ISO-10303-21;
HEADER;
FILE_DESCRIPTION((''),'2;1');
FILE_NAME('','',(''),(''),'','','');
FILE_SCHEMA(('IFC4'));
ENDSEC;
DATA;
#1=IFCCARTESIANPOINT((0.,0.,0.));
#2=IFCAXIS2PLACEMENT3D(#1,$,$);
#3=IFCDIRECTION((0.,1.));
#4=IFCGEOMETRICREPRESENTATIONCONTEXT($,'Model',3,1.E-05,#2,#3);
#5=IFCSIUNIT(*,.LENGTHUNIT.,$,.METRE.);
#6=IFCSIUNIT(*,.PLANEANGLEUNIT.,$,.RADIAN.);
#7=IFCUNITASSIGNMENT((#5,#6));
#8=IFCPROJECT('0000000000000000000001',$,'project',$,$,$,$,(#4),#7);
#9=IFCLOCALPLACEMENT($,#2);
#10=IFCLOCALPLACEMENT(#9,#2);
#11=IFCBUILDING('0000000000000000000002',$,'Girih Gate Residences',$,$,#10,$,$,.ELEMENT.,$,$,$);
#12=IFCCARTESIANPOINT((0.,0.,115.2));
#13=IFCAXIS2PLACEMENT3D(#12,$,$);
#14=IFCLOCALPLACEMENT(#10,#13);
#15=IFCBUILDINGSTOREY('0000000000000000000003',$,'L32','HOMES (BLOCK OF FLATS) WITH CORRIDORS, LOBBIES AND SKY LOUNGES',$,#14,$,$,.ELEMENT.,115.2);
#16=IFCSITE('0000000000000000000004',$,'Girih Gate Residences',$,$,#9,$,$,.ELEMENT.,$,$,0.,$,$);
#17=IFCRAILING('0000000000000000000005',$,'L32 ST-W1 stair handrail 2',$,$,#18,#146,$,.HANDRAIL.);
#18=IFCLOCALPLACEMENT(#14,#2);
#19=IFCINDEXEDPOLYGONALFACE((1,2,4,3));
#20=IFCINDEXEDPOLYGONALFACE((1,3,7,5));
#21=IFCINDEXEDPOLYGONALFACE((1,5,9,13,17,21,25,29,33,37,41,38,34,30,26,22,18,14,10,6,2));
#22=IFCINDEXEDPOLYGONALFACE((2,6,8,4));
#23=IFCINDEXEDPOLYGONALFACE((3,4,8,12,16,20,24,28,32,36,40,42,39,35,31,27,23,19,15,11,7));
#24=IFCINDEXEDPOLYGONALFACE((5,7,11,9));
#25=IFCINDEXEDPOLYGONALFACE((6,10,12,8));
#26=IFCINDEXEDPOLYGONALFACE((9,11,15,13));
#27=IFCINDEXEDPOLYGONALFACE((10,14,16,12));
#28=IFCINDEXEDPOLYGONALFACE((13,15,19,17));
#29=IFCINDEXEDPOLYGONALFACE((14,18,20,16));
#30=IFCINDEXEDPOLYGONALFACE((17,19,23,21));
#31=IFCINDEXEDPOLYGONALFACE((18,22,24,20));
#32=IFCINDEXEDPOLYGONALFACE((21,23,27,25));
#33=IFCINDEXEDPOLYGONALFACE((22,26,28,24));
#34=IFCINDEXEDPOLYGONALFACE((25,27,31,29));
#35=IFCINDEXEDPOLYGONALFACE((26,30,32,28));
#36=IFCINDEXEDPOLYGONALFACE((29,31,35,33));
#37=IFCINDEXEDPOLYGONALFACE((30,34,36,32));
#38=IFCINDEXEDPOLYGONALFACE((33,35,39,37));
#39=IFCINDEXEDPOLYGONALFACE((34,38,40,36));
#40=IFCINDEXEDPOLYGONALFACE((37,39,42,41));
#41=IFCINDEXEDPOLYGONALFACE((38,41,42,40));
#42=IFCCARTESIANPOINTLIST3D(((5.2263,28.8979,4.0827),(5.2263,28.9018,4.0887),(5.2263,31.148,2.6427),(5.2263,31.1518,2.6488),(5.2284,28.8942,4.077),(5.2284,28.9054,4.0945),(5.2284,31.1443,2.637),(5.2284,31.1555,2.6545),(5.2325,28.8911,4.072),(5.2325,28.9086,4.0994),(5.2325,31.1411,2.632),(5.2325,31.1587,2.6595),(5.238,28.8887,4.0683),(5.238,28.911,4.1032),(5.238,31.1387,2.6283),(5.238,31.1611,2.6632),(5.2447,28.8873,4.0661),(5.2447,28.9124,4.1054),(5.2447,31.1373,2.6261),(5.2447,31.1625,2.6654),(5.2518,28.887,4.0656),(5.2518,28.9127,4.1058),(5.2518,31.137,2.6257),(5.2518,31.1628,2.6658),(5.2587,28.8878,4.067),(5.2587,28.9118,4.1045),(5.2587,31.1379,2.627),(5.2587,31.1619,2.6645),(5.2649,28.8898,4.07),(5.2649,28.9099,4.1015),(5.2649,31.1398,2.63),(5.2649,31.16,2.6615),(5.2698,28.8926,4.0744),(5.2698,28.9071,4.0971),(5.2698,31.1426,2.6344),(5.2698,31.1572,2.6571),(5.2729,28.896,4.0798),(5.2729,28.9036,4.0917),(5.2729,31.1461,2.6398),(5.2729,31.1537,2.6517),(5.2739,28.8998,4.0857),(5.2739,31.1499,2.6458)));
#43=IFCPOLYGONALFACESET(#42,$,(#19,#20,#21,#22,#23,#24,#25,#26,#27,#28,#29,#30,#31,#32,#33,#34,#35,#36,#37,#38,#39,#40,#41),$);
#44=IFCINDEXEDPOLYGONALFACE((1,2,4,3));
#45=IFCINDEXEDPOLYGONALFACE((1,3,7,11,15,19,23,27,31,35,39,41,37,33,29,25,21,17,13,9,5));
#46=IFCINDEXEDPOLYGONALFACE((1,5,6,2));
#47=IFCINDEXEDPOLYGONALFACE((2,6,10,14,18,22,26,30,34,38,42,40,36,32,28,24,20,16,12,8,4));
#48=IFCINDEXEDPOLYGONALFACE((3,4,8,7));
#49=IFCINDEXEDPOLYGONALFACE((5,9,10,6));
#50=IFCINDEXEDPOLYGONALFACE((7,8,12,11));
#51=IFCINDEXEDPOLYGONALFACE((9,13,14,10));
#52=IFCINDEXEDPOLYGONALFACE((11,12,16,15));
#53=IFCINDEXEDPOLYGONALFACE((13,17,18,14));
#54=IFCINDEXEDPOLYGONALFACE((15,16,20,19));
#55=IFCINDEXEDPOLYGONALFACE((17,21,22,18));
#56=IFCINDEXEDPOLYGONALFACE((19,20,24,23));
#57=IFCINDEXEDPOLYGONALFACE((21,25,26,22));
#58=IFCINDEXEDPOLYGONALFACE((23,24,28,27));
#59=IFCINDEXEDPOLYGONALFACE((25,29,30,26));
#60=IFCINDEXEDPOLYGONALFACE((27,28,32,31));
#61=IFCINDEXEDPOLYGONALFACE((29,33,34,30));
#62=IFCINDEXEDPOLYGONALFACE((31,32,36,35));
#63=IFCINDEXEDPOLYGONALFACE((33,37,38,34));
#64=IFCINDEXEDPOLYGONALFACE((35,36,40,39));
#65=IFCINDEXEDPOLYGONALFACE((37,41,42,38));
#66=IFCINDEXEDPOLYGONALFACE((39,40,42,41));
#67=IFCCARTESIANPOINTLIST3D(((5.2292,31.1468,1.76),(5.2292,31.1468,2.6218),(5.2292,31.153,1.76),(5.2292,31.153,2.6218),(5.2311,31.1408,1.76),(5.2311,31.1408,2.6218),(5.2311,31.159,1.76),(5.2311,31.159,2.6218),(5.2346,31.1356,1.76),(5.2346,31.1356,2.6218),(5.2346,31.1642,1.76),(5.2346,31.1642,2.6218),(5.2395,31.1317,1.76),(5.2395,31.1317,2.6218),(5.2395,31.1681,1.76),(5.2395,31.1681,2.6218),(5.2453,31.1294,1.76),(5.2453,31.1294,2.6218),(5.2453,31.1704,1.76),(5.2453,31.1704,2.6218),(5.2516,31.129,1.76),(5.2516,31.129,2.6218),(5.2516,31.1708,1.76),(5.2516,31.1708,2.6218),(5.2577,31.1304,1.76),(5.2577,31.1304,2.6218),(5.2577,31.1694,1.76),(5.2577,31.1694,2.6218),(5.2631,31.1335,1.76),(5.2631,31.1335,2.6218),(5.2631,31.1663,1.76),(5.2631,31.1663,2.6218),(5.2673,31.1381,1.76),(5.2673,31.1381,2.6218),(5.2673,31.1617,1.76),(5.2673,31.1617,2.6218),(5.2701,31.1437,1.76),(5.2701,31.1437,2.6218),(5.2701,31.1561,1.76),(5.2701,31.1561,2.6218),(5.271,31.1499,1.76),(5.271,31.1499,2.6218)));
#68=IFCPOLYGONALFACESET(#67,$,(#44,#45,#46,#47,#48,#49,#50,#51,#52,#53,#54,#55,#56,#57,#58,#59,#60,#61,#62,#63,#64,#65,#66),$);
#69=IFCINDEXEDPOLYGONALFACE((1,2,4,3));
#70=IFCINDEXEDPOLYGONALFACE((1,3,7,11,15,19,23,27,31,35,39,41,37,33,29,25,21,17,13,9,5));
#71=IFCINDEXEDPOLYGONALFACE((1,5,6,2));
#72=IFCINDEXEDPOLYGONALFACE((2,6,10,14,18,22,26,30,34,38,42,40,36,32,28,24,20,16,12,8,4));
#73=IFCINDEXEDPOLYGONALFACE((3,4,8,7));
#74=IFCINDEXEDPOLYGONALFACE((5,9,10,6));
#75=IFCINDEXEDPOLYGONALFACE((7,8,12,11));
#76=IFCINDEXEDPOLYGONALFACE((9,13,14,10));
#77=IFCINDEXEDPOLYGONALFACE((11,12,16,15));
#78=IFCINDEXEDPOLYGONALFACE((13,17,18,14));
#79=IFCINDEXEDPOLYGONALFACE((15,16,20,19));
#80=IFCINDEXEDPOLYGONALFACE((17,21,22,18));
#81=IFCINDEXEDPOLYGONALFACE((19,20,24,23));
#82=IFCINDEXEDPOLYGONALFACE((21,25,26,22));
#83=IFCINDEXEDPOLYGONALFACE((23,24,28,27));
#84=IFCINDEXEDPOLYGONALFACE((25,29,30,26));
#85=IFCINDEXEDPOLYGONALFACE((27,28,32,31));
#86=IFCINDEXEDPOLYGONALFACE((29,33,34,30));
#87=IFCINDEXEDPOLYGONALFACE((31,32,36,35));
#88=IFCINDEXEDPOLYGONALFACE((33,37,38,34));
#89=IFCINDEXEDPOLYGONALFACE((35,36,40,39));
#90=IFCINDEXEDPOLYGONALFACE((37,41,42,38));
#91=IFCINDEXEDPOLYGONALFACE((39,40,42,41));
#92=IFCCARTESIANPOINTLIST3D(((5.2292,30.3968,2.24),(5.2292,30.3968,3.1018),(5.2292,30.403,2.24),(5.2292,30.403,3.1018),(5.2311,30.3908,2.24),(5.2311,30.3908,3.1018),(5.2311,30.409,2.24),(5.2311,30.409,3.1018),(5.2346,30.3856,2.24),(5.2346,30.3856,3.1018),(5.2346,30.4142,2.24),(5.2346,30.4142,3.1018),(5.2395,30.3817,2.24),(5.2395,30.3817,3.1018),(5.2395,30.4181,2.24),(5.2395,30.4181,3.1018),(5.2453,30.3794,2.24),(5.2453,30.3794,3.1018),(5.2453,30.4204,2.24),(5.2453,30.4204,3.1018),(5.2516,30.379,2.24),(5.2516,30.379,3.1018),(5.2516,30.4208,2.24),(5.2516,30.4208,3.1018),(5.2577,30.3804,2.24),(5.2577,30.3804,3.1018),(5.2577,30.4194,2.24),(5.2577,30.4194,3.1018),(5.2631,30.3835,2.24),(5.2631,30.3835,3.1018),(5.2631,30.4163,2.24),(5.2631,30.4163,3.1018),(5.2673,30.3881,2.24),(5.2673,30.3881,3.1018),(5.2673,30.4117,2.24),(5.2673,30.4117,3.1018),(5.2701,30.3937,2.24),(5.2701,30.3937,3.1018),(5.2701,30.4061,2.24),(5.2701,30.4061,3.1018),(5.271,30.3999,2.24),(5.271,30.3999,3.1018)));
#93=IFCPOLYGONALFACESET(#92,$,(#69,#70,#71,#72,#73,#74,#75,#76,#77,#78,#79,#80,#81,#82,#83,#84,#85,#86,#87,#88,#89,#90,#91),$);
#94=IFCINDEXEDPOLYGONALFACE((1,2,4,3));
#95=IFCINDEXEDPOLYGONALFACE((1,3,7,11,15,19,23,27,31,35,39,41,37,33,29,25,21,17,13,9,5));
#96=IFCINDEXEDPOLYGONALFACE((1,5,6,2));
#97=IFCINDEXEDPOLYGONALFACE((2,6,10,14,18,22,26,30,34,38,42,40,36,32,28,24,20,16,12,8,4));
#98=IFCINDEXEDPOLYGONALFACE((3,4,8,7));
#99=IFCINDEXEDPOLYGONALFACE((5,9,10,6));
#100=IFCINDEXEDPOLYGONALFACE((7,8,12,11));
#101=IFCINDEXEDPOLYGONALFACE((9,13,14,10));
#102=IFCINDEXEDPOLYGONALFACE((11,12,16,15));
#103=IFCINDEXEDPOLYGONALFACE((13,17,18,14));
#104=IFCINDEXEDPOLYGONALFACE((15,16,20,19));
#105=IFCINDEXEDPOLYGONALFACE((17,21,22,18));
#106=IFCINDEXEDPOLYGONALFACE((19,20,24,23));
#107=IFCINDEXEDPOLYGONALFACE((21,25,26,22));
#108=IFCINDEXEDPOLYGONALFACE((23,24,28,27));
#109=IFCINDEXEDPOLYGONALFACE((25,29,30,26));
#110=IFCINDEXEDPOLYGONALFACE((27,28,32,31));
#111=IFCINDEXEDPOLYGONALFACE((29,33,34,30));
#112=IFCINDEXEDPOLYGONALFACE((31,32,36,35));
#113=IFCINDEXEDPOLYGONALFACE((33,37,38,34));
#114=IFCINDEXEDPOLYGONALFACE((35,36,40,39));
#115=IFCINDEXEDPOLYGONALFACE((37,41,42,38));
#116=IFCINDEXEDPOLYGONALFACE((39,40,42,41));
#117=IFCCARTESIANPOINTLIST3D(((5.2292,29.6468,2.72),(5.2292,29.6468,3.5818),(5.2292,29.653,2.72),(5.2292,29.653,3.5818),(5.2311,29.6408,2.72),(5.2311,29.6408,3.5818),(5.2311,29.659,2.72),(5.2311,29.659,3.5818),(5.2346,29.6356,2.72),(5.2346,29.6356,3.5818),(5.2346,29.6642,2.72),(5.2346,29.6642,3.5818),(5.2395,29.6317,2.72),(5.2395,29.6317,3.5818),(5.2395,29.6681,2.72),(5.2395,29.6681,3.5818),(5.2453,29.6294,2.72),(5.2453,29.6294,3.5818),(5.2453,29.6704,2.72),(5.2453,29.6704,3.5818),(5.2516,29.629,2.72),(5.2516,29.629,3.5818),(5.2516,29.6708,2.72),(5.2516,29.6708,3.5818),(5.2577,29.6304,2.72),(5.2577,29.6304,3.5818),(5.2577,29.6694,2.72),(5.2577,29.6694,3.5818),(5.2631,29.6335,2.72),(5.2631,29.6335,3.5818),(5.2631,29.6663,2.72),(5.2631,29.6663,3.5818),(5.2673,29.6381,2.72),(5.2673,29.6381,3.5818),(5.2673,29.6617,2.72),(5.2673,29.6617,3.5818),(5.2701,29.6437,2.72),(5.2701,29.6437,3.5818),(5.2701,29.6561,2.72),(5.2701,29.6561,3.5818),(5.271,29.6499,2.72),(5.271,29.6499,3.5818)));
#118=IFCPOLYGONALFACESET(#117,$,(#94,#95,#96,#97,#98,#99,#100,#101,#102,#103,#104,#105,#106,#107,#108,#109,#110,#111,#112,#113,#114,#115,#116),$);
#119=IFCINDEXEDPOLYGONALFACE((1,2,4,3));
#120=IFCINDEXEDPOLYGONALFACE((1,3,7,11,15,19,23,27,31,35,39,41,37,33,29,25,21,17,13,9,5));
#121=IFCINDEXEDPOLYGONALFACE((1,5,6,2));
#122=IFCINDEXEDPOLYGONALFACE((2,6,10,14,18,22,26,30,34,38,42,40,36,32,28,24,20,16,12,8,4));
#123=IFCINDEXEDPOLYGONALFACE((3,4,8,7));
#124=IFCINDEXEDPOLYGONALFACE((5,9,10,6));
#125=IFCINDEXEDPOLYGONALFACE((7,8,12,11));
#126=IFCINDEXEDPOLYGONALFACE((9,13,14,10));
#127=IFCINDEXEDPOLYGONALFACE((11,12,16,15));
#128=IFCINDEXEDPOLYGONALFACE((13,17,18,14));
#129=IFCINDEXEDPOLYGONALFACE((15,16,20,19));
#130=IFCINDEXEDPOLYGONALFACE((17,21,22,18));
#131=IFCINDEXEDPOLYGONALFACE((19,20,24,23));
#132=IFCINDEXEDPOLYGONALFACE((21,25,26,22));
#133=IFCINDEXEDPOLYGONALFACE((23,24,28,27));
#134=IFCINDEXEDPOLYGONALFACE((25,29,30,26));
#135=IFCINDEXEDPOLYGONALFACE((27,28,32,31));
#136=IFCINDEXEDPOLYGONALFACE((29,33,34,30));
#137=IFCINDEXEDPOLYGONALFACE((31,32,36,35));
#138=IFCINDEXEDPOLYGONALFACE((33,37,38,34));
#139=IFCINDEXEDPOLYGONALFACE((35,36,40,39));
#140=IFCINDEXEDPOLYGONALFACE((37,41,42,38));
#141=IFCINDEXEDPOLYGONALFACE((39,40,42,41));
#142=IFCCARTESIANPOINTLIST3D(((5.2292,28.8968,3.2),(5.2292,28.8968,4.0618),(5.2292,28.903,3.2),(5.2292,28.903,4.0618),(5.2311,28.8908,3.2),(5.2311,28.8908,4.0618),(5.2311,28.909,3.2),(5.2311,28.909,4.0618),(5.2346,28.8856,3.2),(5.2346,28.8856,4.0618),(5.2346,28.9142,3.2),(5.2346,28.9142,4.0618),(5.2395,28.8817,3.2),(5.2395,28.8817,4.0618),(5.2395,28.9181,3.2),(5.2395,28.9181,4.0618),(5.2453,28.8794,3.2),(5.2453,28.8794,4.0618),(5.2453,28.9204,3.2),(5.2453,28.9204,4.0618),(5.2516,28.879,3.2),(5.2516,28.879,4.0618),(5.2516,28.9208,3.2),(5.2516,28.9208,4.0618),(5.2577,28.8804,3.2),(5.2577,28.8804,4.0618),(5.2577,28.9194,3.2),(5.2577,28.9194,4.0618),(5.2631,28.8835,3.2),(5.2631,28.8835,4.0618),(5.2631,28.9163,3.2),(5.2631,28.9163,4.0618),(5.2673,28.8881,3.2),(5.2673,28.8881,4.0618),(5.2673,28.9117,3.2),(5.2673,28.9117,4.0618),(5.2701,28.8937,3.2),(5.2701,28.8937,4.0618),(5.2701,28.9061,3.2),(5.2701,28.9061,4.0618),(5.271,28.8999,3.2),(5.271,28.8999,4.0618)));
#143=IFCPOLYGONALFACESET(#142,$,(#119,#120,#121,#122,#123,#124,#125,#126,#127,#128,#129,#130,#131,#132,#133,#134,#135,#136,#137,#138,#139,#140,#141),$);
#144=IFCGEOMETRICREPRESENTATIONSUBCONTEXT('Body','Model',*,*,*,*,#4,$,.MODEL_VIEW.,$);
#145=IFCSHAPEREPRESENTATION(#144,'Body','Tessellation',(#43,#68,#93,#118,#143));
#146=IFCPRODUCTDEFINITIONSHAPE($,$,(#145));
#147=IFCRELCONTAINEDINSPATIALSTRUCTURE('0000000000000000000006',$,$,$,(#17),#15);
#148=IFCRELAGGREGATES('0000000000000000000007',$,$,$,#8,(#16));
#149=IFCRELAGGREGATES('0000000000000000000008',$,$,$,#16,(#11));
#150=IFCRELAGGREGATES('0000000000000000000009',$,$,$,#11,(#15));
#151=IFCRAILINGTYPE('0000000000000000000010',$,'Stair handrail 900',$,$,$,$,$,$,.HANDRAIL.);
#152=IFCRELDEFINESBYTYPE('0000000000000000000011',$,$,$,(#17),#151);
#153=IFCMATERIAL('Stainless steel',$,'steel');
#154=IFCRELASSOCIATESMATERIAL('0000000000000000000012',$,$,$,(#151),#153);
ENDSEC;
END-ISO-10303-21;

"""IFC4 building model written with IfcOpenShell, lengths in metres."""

from ifc_helpers import new_model, si_unit, direction, frame, origin, origin_2d, place, context, subcontext, project, spatial, circle, extrude, material, type_object, element, save


model = new_model("IFC4")

# Units and contexts
model_context = context("Model", 3, precision=1e-05, world=origin(), true_north=direction((0.0, 1.0)))
body_context = subcontext(model_context, "Body", "Model", "MODEL_VIEW")
ifc_project = project(units=[si_unit("LENGTHUNIT", "METRE"), si_unit("PLANEANGLEUNIT", "RADIAN")], contexts=[model_context])

# Site, building, storey
site_placement = place(None, origin())
site = spatial("IfcSite", under=ifc_project, at=site_placement, Name="Girih Gate Residences", CompositionType="ELEMENT", RefElevation=0.0)
building_placement = place(site_placement, origin())
building = spatial("IfcBuilding", under=site, at=building_placement, Name="Girih Gate Residences", CompositionType="ELEMENT")
storey_placement = place(building_placement, frame((0.0, 0.0, 115.2)))
storey = spatial("IfcBuildingStorey", under=building, at=storey_placement, Name="L32", Description="HOMES (BLOCK OF FLATS) WITH CORRIDORS, LOBBIES AND SKY LOUNGES", CompositionType="ELEMENT", Elevation=115.2)

# Railing
ifc_material_1 = material(Name="Stainless steel", Category="steel")
railing_type_1 = type_object("IfcRailingType", Name="Stair handrail 900", PredefinedType="HANDRAIL", material=ifc_material_1)
railing_1_placement = place(storey_placement, frame((5.25, 31.1499, 1.76)))
element("IfcRailing", 1, at=railing_1_placement, inside=storey, type_object=railing_type_1, Name="L32 ST-W1 stair handrail 2", PredefinedType="HANDRAIL", context=body_context, shape_type="SweptSolid", body=[
    extrude(circle(Radius=0.0239, at=origin_2d()), frame((0.0, 0.0, 0.8857), z_axis=(0.0, -0.842281, 0.539038), x_axis=(1.0, 0.0, 0.0)), (0.0, 0.0, 1.0), 2.6714),
    extrude(circle(Radius=0.021, at=origin_2d()), origin(), (0.0, 0.0, 1.0), 0.8618),
    extrude(circle(Radius=0.021, at=origin_2d()), frame((0.0, -0.75, 0.48)), (0.0, 0.0, 1.0), 0.8618),
    extrude(circle(Radius=0.021, at=origin_2d()), frame((0.0, -1.5, 0.96)), (0.0, 0.0, 1.0), 0.8618),
    extrude(circle(Radius=0.021, at=origin_2d()), frame((0.0, -2.25, 1.4399)), (0.0, 0.0, 1.0), 0.8618),
])

save(model, "model.ifc")
